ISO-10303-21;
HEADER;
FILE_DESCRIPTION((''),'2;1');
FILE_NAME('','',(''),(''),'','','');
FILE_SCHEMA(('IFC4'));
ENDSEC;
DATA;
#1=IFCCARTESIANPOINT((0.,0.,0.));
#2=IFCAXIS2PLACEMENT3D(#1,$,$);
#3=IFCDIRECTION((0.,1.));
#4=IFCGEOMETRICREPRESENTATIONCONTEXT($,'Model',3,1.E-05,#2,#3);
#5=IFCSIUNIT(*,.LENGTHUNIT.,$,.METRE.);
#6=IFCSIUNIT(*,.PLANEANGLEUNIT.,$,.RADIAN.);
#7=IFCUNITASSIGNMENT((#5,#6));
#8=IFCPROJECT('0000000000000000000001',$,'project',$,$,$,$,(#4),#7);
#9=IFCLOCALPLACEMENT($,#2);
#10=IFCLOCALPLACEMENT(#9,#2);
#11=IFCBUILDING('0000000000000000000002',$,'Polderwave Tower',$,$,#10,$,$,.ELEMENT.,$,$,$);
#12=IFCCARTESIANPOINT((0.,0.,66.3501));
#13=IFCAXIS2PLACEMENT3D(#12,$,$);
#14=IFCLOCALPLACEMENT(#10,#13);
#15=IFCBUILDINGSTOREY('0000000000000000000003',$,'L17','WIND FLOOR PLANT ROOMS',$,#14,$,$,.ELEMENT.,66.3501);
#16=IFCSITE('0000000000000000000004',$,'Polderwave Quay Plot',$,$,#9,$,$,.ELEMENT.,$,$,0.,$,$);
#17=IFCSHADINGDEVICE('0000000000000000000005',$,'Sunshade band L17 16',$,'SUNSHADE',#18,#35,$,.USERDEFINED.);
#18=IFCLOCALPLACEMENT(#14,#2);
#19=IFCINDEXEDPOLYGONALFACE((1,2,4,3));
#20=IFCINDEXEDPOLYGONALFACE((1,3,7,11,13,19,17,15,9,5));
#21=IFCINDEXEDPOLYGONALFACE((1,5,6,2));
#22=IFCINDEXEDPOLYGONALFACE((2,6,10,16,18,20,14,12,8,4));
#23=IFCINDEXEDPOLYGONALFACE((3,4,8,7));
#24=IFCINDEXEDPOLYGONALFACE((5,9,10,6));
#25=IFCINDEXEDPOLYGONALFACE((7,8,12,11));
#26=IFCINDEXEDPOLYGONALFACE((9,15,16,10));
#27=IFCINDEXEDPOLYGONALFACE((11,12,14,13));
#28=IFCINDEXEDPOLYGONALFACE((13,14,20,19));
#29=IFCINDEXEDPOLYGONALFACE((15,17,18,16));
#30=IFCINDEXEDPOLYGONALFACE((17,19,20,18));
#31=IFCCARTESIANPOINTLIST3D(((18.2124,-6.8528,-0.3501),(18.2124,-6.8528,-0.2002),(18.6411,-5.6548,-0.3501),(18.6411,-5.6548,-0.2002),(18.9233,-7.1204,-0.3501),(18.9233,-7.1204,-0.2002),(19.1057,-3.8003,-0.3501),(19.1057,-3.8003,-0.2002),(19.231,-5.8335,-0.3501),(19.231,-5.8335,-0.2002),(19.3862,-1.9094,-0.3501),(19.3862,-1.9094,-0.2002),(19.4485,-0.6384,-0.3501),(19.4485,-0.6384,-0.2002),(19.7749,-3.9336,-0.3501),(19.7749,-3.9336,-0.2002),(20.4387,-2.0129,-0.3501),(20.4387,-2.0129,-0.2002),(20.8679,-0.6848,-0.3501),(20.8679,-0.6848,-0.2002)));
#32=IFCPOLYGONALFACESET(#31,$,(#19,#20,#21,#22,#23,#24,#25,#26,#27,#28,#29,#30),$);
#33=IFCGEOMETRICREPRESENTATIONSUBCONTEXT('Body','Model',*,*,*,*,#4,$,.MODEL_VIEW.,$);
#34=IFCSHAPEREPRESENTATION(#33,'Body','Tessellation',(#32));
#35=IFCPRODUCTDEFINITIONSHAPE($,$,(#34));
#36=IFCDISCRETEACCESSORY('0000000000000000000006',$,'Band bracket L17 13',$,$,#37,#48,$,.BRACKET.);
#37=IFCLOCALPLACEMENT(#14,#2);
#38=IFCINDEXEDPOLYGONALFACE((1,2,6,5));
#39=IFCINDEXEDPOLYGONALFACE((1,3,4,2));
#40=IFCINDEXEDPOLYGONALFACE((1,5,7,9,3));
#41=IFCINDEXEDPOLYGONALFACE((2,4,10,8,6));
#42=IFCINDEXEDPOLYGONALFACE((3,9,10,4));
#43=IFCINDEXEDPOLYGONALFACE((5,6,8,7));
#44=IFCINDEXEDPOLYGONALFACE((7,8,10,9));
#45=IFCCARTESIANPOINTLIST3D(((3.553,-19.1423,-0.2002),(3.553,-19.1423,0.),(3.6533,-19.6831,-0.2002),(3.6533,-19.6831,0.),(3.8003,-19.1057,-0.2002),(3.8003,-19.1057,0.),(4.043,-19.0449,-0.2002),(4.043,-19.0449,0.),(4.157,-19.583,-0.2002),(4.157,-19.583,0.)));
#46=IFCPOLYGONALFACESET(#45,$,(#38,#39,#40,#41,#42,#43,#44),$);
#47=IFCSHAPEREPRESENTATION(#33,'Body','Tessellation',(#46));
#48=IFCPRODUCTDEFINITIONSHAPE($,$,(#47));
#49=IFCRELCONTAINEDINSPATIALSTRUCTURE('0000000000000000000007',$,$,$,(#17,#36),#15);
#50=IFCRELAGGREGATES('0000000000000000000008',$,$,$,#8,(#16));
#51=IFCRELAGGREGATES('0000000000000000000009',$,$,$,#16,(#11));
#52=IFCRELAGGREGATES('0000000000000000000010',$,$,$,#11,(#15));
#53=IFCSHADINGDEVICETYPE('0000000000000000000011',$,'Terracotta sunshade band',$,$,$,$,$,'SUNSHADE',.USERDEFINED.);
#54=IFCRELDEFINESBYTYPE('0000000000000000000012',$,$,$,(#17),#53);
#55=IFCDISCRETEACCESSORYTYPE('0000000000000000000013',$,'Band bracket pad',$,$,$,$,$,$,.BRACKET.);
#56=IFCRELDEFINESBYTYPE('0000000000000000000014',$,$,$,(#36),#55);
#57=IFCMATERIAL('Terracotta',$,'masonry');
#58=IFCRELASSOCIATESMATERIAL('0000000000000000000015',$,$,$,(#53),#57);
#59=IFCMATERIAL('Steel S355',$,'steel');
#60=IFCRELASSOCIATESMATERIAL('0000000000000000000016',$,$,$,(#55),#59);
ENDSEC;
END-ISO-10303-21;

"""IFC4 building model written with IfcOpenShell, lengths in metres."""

from ifc_helpers import new_model, si_unit, direction, frame, origin, place, context, subcontext, project, spatial, polyline, outline, extrude, material, type_object, element, save


model = new_model("IFC4")

# Units and contexts
model_context = context("Model", 3, precision=1e-05, world=origin(), true_north=direction((0.0, 1.0)))
body_context = subcontext(model_context, "Body", "Model", "MODEL_VIEW")
ifc_project = project(units=[si_unit("LENGTHUNIT", "METRE"), si_unit("PLANEANGLEUNIT", "RADIAN")], contexts=[model_context])

# Site, building, storey
site_placement = place(None, origin())
site = spatial("IfcSite", under=ifc_project, at=site_placement, Name="Polderwave Quay Plot", CompositionType="ELEMENT", RefElevation=0.0)
building_placement = place(site_placement, origin())
building = spatial("IfcBuilding", under=site, at=building_placement, Name="Polderwave Tower", CompositionType="ELEMENT")
storey_placement = place(building_placement, frame((0.0, 0.0, 66.3501)))
storey = spatial("IfcBuildingStorey", under=building, at=storey_placement, Name="L17", Description="WIND FLOOR PLANT ROOMS", CompositionType="ELEMENT", Elevation=66.3501)

# Shading device
ifc_material_1 = material(Name="Terracotta", Category="masonry")
shading_device_type = type_object("IfcShadingDeviceType", Name="Terracotta sunshade band", ElementType="SUNSHADE", PredefinedType="USERDEFINED", material=ifc_material_1)
shading_device_1_placement = place(storey_placement, frame((0.0, 0.0, -0.3501)))
element("IfcShadingDevice", 1, at=shading_device_1_placement, inside=storey, type_object=shading_device_type, Name="Sunshade band L17 16", ObjectType="SUNSHADE", PredefinedType="USERDEFINED", context=body_context, shape_type="SweptSolid", body=[
    extrude(outline(polyline([(18.2124, -6.8528), (18.6411, -5.6548), (19.1057, -3.8003), (19.3862, -1.9094), (19.4485, -0.6384), (20.8679, -0.6848), (20.4387, -2.0129), (19.7749, -3.9336), (19.231, -5.8335), (18.9233, -7.1204), (18.2124, -6.8528)])), origin(), (0.0, 0.0, 1.0), 0.1499),
])

# Discrete accessory
ifc_material_2 = material(Name="Steel S355", Category="steel")
discrete_accessory_type = type_object("IfcDiscreteAccessoryType", Name="Band bracket pad", PredefinedType="BRACKET", material=ifc_material_2)
discrete_accessory_placement = place(storey_placement, frame((0.0, 0.0, -0.2002)))
element("IfcDiscreteAccessory", 2, at=discrete_accessory_placement, inside=storey, type_object=discrete_accessory_type, Name="Band bracket L17 13", PredefinedType="BRACKET", context=body_context, shape_type="SweptSolid", body=[
    extrude(outline(polyline([(3.553, -19.1423), (3.8003, -19.1057), (4.043, -19.0449), (4.157, -19.583), (3.6533, -19.6831), (3.553, -19.1423)])), origin(), (0.0, 0.0, 1.0), 0.2002),
])

save(model, "model.ifc")
